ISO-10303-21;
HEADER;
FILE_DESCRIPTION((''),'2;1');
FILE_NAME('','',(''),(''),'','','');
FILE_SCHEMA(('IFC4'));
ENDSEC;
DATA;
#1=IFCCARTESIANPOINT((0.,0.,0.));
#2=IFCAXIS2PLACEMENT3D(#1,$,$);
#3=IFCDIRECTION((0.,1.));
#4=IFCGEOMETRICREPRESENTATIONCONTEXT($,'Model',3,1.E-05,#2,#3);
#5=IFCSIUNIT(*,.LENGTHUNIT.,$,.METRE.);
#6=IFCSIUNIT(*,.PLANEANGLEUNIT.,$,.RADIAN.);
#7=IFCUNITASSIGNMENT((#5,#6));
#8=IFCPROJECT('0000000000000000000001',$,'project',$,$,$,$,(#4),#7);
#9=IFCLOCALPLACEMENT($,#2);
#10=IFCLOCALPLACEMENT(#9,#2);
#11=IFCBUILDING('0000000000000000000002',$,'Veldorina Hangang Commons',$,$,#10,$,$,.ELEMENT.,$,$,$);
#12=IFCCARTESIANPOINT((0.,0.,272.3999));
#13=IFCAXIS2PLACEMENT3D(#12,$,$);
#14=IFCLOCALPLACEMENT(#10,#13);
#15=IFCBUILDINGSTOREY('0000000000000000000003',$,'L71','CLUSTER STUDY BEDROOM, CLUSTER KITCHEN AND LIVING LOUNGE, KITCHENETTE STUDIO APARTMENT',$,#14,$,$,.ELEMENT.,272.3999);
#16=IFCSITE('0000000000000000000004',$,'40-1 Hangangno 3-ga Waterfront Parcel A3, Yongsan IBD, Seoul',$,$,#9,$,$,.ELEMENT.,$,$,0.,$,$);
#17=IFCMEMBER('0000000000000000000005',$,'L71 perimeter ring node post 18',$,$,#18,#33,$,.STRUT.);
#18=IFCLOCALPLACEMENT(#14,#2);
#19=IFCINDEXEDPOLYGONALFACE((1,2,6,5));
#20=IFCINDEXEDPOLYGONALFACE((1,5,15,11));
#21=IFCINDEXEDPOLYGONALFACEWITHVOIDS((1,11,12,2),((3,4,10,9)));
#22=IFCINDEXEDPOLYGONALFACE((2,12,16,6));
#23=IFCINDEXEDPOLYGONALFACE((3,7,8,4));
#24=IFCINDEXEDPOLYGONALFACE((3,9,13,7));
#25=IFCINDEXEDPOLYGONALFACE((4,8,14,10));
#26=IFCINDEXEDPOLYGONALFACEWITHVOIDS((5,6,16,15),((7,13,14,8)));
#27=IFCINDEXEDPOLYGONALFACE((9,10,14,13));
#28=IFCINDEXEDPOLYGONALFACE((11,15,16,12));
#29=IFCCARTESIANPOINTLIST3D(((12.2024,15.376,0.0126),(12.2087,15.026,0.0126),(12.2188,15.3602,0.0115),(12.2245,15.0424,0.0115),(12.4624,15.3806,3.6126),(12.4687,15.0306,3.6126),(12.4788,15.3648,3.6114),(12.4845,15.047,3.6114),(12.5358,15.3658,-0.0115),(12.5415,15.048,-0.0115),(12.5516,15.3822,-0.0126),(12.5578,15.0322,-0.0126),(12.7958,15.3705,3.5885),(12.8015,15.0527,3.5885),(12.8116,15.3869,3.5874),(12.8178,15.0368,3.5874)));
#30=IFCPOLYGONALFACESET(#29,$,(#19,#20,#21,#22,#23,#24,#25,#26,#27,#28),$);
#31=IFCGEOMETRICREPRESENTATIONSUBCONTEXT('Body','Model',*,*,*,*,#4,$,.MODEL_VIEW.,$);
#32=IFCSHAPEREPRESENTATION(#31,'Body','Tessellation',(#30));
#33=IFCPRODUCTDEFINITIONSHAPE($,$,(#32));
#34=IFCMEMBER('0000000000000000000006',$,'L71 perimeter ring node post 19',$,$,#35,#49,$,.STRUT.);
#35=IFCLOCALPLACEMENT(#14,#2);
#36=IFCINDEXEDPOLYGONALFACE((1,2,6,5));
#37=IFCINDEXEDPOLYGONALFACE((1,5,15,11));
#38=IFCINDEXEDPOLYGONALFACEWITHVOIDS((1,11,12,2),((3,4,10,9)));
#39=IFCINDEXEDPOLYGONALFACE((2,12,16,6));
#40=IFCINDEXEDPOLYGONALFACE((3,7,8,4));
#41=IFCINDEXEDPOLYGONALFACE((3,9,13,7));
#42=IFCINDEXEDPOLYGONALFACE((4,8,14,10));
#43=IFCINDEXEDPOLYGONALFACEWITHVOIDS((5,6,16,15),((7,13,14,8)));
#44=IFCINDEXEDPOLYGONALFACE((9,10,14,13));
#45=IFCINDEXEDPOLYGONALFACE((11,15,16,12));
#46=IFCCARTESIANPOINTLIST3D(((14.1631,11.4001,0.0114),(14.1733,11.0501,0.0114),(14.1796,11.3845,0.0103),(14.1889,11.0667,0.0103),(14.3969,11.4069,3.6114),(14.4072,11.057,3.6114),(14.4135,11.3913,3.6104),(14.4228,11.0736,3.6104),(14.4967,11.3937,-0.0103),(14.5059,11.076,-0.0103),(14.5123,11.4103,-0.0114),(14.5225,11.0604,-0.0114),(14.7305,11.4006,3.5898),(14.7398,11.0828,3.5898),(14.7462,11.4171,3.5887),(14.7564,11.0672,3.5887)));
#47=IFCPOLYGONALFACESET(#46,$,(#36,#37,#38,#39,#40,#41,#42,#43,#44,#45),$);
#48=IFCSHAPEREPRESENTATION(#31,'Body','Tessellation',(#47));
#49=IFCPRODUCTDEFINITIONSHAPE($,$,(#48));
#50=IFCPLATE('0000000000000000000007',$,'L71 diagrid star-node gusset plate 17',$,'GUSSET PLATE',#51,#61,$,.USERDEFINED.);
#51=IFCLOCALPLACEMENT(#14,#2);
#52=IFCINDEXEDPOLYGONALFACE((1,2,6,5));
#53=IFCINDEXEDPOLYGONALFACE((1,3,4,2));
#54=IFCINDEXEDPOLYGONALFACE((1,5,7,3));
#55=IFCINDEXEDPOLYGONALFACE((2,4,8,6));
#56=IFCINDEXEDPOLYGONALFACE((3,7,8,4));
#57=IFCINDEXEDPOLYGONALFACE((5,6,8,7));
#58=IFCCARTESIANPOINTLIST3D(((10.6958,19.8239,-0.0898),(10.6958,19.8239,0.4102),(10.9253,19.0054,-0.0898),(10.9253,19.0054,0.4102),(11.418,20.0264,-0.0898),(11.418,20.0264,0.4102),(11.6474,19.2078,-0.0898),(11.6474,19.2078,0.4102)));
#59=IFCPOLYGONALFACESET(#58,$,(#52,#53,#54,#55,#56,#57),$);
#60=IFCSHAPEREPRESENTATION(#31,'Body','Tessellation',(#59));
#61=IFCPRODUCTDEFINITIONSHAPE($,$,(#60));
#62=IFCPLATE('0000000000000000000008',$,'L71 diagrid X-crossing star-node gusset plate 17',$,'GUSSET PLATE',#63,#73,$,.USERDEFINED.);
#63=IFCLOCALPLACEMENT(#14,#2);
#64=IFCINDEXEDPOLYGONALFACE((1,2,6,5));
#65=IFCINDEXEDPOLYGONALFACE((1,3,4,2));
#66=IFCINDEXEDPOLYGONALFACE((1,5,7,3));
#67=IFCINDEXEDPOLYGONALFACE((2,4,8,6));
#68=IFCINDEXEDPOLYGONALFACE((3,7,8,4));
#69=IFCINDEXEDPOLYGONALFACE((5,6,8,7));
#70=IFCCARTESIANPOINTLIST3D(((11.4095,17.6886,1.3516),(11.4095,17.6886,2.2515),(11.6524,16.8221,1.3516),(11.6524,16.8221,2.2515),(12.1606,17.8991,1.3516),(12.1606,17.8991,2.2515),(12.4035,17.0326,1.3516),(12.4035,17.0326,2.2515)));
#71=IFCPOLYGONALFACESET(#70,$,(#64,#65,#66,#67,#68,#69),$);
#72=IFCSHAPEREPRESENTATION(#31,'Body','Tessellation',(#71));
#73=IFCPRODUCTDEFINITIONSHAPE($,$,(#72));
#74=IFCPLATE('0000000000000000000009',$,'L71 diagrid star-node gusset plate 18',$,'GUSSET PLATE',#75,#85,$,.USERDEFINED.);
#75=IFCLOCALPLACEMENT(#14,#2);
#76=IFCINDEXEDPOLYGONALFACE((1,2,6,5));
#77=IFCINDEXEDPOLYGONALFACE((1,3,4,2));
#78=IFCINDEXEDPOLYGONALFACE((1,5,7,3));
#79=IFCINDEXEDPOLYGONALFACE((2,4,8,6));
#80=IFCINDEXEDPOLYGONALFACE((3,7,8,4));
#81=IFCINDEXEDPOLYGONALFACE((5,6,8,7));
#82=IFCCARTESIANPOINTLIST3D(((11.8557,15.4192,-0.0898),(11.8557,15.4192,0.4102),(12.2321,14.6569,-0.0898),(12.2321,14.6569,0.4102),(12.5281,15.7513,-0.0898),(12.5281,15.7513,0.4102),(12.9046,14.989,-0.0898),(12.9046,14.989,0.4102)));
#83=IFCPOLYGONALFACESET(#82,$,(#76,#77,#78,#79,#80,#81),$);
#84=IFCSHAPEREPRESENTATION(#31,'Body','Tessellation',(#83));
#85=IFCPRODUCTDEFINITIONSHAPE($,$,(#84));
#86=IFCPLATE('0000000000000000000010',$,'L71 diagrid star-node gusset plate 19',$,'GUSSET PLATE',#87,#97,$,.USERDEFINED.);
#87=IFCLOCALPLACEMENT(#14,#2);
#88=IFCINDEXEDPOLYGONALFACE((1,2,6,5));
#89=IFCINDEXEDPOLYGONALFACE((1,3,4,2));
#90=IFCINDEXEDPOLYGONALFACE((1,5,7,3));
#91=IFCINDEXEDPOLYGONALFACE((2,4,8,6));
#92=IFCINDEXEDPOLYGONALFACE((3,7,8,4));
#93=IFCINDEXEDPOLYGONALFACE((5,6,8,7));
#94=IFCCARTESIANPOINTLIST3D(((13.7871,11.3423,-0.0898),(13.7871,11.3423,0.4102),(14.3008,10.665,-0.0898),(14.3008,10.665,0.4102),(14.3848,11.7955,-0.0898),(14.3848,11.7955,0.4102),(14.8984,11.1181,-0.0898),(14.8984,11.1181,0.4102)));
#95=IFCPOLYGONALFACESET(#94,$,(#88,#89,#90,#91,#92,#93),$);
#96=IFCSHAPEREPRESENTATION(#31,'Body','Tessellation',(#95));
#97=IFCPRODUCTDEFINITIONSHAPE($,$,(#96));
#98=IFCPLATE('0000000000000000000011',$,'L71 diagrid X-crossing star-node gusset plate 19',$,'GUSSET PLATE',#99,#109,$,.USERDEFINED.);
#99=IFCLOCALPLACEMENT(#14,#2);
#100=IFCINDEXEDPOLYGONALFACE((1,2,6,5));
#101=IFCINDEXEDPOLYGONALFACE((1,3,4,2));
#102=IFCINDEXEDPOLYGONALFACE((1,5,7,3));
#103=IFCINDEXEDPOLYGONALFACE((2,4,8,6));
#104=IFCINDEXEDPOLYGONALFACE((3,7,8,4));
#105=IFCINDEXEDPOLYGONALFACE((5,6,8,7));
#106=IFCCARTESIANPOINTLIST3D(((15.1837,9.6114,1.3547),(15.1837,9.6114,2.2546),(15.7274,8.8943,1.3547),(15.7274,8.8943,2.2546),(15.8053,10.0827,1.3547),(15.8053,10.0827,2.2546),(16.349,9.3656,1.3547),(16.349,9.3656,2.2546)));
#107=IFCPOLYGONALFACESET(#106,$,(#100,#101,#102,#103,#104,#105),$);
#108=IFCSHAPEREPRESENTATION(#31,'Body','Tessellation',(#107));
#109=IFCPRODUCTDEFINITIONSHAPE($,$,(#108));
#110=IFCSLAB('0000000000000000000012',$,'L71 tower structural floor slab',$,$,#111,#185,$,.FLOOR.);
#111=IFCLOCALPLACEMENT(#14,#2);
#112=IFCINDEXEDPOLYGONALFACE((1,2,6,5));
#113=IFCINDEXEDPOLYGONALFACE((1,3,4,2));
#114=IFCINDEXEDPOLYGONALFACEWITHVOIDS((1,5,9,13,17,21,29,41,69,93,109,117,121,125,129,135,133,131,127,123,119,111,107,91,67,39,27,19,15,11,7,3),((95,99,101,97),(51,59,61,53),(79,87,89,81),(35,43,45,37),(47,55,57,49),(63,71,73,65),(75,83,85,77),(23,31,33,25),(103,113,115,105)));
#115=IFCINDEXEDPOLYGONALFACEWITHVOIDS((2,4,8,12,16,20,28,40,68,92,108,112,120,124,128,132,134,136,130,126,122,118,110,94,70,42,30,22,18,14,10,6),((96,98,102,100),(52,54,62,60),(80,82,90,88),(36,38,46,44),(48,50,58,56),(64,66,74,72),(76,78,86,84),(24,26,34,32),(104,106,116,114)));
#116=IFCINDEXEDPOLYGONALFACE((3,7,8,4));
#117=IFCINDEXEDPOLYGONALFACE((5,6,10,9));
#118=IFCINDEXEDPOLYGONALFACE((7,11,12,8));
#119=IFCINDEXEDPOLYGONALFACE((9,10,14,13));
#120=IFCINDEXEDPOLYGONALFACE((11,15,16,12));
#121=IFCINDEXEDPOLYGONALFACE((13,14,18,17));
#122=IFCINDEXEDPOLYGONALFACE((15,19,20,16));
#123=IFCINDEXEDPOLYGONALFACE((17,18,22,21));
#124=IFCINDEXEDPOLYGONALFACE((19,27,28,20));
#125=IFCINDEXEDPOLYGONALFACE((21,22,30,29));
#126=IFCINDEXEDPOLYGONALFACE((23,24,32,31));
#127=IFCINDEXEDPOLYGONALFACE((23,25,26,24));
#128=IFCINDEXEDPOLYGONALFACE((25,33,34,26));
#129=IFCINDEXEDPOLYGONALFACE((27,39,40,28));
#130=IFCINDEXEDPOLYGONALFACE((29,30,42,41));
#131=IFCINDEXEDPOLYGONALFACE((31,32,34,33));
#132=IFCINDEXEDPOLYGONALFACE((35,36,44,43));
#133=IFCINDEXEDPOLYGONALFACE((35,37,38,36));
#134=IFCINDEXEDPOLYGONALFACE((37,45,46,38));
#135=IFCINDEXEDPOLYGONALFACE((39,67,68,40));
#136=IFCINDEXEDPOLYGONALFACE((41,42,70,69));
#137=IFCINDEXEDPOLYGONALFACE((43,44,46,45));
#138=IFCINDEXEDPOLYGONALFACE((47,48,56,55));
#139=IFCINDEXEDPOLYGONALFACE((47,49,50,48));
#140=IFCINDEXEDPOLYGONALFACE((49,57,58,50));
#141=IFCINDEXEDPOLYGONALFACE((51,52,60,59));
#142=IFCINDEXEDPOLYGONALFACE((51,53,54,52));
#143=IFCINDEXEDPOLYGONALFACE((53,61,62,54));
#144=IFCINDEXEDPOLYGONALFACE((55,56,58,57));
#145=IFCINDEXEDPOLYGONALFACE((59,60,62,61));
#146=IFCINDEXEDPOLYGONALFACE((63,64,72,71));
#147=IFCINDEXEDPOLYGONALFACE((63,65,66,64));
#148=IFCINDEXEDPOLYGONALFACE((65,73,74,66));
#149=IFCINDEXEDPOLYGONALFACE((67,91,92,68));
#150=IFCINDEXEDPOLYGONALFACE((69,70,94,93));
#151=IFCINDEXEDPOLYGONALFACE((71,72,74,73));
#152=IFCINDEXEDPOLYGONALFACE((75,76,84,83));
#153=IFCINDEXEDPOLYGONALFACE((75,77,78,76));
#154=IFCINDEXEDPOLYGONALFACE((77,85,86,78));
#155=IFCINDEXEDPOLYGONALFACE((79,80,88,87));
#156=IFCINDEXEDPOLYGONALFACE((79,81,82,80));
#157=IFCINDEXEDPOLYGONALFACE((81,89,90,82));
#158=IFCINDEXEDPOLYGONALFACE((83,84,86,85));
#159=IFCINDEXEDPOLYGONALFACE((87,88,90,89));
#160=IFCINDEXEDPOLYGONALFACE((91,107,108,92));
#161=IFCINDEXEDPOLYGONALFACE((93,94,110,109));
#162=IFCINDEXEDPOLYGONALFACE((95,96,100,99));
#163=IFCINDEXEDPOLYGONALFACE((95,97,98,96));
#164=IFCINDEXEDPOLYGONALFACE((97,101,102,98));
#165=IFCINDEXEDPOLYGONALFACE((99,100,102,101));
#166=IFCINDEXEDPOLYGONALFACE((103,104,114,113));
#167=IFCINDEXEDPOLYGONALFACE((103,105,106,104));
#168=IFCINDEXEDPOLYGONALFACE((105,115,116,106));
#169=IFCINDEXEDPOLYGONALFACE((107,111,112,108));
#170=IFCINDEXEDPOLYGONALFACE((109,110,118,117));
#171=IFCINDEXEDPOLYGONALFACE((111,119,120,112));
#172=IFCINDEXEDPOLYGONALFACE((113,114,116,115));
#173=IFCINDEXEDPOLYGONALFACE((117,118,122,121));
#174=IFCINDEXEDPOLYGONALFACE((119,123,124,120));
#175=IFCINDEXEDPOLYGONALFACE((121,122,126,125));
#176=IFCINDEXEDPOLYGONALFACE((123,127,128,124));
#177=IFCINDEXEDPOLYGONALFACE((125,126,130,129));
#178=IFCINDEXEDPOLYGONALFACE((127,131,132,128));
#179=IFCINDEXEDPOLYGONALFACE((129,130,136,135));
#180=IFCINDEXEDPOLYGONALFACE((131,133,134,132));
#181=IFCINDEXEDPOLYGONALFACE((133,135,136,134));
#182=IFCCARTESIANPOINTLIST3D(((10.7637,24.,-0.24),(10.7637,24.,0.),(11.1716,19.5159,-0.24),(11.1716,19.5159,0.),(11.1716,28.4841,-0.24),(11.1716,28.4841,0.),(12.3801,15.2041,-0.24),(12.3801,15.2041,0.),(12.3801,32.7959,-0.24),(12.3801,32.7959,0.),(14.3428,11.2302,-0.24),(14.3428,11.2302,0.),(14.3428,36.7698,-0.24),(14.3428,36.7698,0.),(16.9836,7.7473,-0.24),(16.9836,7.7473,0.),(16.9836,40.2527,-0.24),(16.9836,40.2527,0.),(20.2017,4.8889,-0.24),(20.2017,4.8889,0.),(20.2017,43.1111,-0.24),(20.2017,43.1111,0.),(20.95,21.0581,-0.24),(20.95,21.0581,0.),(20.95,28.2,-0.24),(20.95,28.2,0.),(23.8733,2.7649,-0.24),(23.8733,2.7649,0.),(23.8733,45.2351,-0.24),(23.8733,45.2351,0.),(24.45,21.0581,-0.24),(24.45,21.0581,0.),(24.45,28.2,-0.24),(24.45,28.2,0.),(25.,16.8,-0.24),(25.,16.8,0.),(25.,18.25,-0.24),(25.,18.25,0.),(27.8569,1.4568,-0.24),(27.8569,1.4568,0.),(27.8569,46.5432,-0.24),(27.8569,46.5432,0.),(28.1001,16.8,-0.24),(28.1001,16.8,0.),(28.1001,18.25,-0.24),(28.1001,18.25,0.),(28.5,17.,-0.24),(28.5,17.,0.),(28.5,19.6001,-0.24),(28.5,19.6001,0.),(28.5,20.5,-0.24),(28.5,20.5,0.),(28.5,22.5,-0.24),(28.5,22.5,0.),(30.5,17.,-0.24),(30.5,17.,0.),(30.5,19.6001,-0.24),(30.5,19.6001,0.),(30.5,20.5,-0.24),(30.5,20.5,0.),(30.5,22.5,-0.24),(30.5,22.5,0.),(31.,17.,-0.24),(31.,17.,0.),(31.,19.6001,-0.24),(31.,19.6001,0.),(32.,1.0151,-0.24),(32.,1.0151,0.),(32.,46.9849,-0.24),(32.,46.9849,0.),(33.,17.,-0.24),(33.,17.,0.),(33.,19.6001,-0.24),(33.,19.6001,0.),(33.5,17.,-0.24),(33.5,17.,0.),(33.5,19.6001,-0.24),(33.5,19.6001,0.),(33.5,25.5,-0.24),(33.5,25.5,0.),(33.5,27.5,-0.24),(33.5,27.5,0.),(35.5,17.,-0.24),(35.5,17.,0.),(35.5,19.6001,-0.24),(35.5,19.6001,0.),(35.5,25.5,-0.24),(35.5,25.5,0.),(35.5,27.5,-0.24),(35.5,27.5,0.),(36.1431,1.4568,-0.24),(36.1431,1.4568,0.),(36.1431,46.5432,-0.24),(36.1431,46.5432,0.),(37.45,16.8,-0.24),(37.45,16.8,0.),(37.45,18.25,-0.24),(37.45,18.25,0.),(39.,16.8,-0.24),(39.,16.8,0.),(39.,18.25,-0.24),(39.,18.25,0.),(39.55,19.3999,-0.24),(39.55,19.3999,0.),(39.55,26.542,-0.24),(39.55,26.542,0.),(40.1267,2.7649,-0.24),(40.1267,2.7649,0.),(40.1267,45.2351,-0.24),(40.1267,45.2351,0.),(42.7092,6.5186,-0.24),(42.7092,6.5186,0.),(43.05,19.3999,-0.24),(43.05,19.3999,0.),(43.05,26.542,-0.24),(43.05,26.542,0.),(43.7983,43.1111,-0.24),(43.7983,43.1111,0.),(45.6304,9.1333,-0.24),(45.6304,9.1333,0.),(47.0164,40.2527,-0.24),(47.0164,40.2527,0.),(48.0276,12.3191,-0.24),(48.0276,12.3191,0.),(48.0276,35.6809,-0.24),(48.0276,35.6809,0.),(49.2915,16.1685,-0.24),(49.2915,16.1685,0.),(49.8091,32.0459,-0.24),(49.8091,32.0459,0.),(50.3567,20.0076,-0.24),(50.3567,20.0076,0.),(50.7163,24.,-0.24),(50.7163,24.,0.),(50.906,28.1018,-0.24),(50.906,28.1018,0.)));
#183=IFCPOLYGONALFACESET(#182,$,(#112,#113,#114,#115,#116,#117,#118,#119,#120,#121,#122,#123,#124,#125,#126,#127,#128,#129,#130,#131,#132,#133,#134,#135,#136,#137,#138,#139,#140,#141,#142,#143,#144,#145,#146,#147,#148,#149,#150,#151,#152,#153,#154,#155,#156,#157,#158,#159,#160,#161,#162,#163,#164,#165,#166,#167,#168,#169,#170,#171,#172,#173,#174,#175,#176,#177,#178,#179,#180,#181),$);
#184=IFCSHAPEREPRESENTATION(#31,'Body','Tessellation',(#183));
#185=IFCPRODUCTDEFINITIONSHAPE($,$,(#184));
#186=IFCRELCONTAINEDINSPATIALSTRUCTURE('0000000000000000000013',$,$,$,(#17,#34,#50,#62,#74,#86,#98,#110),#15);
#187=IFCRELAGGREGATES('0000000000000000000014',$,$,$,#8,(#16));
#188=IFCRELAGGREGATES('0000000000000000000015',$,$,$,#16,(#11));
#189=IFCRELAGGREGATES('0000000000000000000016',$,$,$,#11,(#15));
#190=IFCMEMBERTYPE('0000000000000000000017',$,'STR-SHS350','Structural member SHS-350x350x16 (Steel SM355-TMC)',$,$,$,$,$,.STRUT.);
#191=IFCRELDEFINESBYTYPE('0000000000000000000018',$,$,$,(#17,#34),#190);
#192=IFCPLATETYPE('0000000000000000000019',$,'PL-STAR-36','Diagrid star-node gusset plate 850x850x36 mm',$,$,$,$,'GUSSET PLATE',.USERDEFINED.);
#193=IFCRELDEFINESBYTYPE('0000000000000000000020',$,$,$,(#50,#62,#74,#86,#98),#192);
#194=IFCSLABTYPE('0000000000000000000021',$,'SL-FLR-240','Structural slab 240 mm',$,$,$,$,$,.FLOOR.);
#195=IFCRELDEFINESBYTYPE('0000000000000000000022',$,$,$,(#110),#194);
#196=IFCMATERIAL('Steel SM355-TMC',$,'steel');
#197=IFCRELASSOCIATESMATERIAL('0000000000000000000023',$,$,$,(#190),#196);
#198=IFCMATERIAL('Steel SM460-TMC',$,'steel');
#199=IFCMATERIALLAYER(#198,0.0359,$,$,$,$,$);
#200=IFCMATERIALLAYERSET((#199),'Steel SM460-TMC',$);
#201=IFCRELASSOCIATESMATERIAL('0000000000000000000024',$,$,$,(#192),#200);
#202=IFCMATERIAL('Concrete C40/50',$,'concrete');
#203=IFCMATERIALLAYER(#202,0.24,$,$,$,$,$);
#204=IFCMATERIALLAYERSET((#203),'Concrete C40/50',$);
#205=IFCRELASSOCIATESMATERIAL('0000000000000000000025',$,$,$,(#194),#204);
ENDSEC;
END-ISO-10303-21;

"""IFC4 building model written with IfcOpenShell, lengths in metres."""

from ifc_helpers import new_model, si_unit, direction, frame, origin, origin_2d, place, context, subcontext, project, spatial, polyline, rectangle, hollow_rectangle, outline, extrude, material, layer, layer_set, material_profile, profile_set, type_object, element, save


model = new_model("IFC4")

# Units and contexts
model_context = context("Model", 3, precision=1e-05, world=origin(), true_north=direction((0.0, 1.0)))
body_context = subcontext(model_context, "Body", "Model", "MODEL_VIEW")
ifc_project = project(units=[si_unit("LENGTHUNIT", "METRE"), si_unit("PLANEANGLEUNIT", "RADIAN")], contexts=[model_context])

# Site, building, storey
site_placement = place(None, origin())
site = spatial("IfcSite", under=ifc_project, at=site_placement, Name="40-1 Hangangno 3-ga Waterfront Parcel A3, Yongsan IBD, Seoul", CompositionType="ELEMENT", RefElevation=0.0)
building_placement = place(site_placement, origin())
building = spatial("IfcBuilding", under=site, at=building_placement, Name="Veldorina Hangang Commons", CompositionType="ELEMENT")
storey_placement = place(building_placement, frame((0.0, 0.0, 272.3999)))
storey = spatial("IfcBuildingStorey", under=building, at=storey_placement, Name="L71", Description="CLUSTER STUDY BEDROOM, CLUSTER KITCHEN AND LIVING LOUNGE, KITCHENETTE STUDIO APARTMENT", CompositionType="ELEMENT", Elevation=272.3999)

# Shared definitions
ifc_material_1 = material(Name="Steel SM355-TMC", Category="steel")

# Members
ifc_material_profile_1 = material_profile(ifc_material_1, hollow_rectangle(XDim=0.3501, YDim=0.3501, WallThickness=0.0161, at=origin_2d()), Name="SHS-350x350x16")
ifc_profile_set_1 = profile_set([ifc_material_profile_1], Name="Steel SM355-TMC")
member_type_1 = type_object("IfcMemberType", Name="STR-SHS350", Description="Structural member SHS-350x350x16 (Steel SM355-TMC)", PredefinedType="STRUT", material=ifc_profile_set_1)
member_1_placement = place(storey_placement, frame((12.3801, 15.2041, 0.0), z_axis=(0.072035, 0.001285, 0.997401), x_axis=(-0.017838, 0.999841, 0.0)))
element("IfcMember", 1, at=member_1_placement, inside=storey, type_object=member_type_1, Name="L71 perimeter ring node post 18", PredefinedType="STRUT", context=body_context, shape_type="SweptSolid", body=[
    extrude(hollow_rectangle(XDim=0.3501, YDim=0.3501, WallThickness=0.0161, at=origin_2d()), origin(), (0.0, 0.0, 1.0), 3.6094),
])
member_2_placement = place(storey_placement, frame((14.3428, 11.2302, 0.0), z_axis=(0.06483, 0.001895, 0.997895), x_axis=(-0.029215, 0.999573, 0.0)))
element("IfcMember", 2, at=member_2_placement, inside=storey, type_object=member_type_1, Name="L71 perimeter ring node post 19", PredefinedType="STRUT", context=body_context, shape_type="SweptSolid", body=[
    extrude(hollow_rectangle(XDim=0.3501, YDim=0.3501, WallThickness=0.0161, at=origin_2d()), origin(), (0.0, 0.0, 1.0), 3.6077),
])

# Plates
ifc_material_2 = material(Name="Steel SM460-TMC", Category="steel")
ifc_layer_1 = layer(ifc_material_2, 0.0359)
ifc_layer_set_1 = layer_set([ifc_layer_1], Name="Steel SM460-TMC")
plate_type = type_object("IfcPlateType", Name="PL-STAR-36", Description="Diagrid star-node gusset plate 850x850x36 mm", ElementType="GUSSET PLATE", PredefinedType="USERDEFINED", material=ifc_layer_set_1)
plate_1_placement = place(storey_placement, frame((11.1716, 19.5159, -0.0898), z_axis=(0.0, 0.0, 1.0), x_axis=(0.269878, -0.962895, 0.0)))
element("IfcPlate", 3, at=plate_1_placement, inside=storey, type_object=plate_type, Name="L71 diagrid star-node gusset plate 17", ObjectType="GUSSET PLATE", PredefinedType="USERDEFINED", context=body_context, shape_type="SweptSolid", body=[
    extrude(rectangle(XDim=0.8501, YDim=0.75, at=origin_2d()), origin(), (0.0, 0.0, 1.0), 0.5),
])
plate_2_placement = place(storey_placement, frame((11.9065, 17.3606, 1.3516), z_axis=(0.0, 0.0, 1.0), x_axis=(0.269878, -0.962895, 0.0)))
element("IfcPlate", 4, at=plate_2_placement, inside=storey, type_object=plate_type, Name="L71 diagrid X-crossing star-node gusset plate 17", ObjectType="GUSSET PLATE", PredefinedType="USERDEFINED", context=body_context, shape_type="SweptSolid", body=[
    extrude(rectangle(XDim=0.8999, YDim=0.78, at=origin_2d()), origin(), (0.0, 0.0, 1.0), 0.8999),
])
for number, where, z_axis, x_axis, name in (
    (5, (12.3801, 15.2041, -0.0898), (0.0, 0.0, 1.0), (0.442805, -0.896618, 0.0), "L71 diagrid star-node gusset plate 18"),
    (6, (14.3428, 11.2302, -0.0898), (0.0, 0.0, 1.0), (0.604196, -0.796836, 0.0), "L71 diagrid star-node gusset plate 19"),
):
    element("IfcPlate", number, at=place(storey_placement, frame(where, z_axis=z_axis, x_axis=x_axis)), inside=storey, type_object=plate_type, Name=name, ObjectType="GUSSET PLATE", PredefinedType="USERDEFINED", context=body_context, shape_type="SweptSolid", body=[
        extrude(rectangle(XDim=0.8501, YDim=0.75, at=origin_2d()), origin(), (0.0, 0.0, 1.0), 0.5),
    ])
plate_3_placement = place(storey_placement, frame((15.7664, 9.4885, 1.3547), z_axis=(0.0, 0.0, 1.0), x_axis=(0.604196, -0.796836, 0.0)))
element("IfcPlate", 7, at=plate_3_placement, inside=storey, type_object=plate_type, Name="L71 diagrid X-crossing star-node gusset plate 19", ObjectType="GUSSET PLATE", PredefinedType="USERDEFINED", context=body_context, shape_type="SweptSolid", body=[
    extrude(rectangle(XDim=0.8999, YDim=0.78, at=origin_2d()), origin(), (0.0, 0.0, 1.0), 0.8999),
])

# Slab
ifc_material_3 = material(Name="Concrete C40/50", Category="concrete")
ifc_layer_2 = layer(ifc_material_3, 0.24)
ifc_layer_set_2 = layer_set([ifc_layer_2], Name="Concrete C40/50")
slab_type_1 = type_object("IfcSlabType", Name="SL-FLR-240", Description="Structural slab 240 mm", PredefinedType="FLOOR", material=ifc_layer_set_2)
slab_1_placement = place(storey_placement, frame((0.0, 0.0, -0.24)))
element("IfcSlab", 8, at=slab_1_placement, inside=storey, type_object=slab_type_1, Name="L71 tower structural floor slab", PredefinedType="FLOOR", context=body_context, shape_type="SweptSolid", body=[
    extrude(outline(polyline([(50.7163, 24.0), (50.906, 28.1018), (49.8091, 32.0459), (48.0276, 35.6809), (47.0164, 40.2527), (43.7983, 43.1111), (40.1267, 45.2351), (36.1431, 46.5432), (32.0, 46.9849), (27.8569, 46.5432), (23.8733, 45.2351), (20.2017, 43.1111), (16.9836, 40.2527), (14.3428, 36.7698), (12.3801, 32.7959), (11.1716, 28.4841), (10.7637, 24.0), (11.1716, 19.5159), (12.3801, 15.2041), (14.3428, 11.2302), (16.9836, 7.7473), (20.2017, 4.8889), (23.8733, 2.7649), (27.8569, 1.4568), (32.0, 1.0151), (36.1431, 1.4568), (40.1267, 2.7649), (42.7092, 6.5186), (45.6304, 9.1333), (48.0276, 12.3191), (49.2915, 16.1685), (50.3567, 20.0076), (50.7163, 24.0)]), holes=[polyline([(20.95, 21.0581), (20.95, 28.2), (24.45, 28.2), (24.45, 21.0581), (20.95, 21.0581)]), polyline([(43.05, 26.542), (43.05, 19.3999), (39.55, 19.3999), (39.55, 26.542), (43.05, 26.542)]), polyline([(33.5, 27.5), (35.5, 27.5), (35.5, 25.5), (33.5, 25.5), (33.5, 27.5)]), polyline([(28.5, 22.5), (30.5, 22.5), (30.5, 20.5), (28.5, 20.5), (28.5, 22.5)]), polyline([(28.5, 19.6001), (30.5, 19.6001), (30.5, 17.0), (28.5, 17.0), (28.5, 19.6001)]), polyline([(31.0, 19.6001), (33.0, 19.6001), (33.0, 17.0), (31.0, 17.0), (31.0, 19.6001)]), polyline([(33.5, 19.6001), (35.5, 19.6001), (35.5, 17.0), (33.5, 17.0), (33.5, 19.6001)]), polyline([(25.0, 18.25), (28.1001, 18.25), (28.1001, 16.8), (25.0, 16.8), (25.0, 18.25)]), polyline([(37.45, 18.25), (39.0, 18.25), (39.0, 16.8), (37.45, 16.8), (37.45, 18.25)])]), origin(), (0.0, 0.0, 1.0), 0.24),
])

save(model, "model.ifc")
